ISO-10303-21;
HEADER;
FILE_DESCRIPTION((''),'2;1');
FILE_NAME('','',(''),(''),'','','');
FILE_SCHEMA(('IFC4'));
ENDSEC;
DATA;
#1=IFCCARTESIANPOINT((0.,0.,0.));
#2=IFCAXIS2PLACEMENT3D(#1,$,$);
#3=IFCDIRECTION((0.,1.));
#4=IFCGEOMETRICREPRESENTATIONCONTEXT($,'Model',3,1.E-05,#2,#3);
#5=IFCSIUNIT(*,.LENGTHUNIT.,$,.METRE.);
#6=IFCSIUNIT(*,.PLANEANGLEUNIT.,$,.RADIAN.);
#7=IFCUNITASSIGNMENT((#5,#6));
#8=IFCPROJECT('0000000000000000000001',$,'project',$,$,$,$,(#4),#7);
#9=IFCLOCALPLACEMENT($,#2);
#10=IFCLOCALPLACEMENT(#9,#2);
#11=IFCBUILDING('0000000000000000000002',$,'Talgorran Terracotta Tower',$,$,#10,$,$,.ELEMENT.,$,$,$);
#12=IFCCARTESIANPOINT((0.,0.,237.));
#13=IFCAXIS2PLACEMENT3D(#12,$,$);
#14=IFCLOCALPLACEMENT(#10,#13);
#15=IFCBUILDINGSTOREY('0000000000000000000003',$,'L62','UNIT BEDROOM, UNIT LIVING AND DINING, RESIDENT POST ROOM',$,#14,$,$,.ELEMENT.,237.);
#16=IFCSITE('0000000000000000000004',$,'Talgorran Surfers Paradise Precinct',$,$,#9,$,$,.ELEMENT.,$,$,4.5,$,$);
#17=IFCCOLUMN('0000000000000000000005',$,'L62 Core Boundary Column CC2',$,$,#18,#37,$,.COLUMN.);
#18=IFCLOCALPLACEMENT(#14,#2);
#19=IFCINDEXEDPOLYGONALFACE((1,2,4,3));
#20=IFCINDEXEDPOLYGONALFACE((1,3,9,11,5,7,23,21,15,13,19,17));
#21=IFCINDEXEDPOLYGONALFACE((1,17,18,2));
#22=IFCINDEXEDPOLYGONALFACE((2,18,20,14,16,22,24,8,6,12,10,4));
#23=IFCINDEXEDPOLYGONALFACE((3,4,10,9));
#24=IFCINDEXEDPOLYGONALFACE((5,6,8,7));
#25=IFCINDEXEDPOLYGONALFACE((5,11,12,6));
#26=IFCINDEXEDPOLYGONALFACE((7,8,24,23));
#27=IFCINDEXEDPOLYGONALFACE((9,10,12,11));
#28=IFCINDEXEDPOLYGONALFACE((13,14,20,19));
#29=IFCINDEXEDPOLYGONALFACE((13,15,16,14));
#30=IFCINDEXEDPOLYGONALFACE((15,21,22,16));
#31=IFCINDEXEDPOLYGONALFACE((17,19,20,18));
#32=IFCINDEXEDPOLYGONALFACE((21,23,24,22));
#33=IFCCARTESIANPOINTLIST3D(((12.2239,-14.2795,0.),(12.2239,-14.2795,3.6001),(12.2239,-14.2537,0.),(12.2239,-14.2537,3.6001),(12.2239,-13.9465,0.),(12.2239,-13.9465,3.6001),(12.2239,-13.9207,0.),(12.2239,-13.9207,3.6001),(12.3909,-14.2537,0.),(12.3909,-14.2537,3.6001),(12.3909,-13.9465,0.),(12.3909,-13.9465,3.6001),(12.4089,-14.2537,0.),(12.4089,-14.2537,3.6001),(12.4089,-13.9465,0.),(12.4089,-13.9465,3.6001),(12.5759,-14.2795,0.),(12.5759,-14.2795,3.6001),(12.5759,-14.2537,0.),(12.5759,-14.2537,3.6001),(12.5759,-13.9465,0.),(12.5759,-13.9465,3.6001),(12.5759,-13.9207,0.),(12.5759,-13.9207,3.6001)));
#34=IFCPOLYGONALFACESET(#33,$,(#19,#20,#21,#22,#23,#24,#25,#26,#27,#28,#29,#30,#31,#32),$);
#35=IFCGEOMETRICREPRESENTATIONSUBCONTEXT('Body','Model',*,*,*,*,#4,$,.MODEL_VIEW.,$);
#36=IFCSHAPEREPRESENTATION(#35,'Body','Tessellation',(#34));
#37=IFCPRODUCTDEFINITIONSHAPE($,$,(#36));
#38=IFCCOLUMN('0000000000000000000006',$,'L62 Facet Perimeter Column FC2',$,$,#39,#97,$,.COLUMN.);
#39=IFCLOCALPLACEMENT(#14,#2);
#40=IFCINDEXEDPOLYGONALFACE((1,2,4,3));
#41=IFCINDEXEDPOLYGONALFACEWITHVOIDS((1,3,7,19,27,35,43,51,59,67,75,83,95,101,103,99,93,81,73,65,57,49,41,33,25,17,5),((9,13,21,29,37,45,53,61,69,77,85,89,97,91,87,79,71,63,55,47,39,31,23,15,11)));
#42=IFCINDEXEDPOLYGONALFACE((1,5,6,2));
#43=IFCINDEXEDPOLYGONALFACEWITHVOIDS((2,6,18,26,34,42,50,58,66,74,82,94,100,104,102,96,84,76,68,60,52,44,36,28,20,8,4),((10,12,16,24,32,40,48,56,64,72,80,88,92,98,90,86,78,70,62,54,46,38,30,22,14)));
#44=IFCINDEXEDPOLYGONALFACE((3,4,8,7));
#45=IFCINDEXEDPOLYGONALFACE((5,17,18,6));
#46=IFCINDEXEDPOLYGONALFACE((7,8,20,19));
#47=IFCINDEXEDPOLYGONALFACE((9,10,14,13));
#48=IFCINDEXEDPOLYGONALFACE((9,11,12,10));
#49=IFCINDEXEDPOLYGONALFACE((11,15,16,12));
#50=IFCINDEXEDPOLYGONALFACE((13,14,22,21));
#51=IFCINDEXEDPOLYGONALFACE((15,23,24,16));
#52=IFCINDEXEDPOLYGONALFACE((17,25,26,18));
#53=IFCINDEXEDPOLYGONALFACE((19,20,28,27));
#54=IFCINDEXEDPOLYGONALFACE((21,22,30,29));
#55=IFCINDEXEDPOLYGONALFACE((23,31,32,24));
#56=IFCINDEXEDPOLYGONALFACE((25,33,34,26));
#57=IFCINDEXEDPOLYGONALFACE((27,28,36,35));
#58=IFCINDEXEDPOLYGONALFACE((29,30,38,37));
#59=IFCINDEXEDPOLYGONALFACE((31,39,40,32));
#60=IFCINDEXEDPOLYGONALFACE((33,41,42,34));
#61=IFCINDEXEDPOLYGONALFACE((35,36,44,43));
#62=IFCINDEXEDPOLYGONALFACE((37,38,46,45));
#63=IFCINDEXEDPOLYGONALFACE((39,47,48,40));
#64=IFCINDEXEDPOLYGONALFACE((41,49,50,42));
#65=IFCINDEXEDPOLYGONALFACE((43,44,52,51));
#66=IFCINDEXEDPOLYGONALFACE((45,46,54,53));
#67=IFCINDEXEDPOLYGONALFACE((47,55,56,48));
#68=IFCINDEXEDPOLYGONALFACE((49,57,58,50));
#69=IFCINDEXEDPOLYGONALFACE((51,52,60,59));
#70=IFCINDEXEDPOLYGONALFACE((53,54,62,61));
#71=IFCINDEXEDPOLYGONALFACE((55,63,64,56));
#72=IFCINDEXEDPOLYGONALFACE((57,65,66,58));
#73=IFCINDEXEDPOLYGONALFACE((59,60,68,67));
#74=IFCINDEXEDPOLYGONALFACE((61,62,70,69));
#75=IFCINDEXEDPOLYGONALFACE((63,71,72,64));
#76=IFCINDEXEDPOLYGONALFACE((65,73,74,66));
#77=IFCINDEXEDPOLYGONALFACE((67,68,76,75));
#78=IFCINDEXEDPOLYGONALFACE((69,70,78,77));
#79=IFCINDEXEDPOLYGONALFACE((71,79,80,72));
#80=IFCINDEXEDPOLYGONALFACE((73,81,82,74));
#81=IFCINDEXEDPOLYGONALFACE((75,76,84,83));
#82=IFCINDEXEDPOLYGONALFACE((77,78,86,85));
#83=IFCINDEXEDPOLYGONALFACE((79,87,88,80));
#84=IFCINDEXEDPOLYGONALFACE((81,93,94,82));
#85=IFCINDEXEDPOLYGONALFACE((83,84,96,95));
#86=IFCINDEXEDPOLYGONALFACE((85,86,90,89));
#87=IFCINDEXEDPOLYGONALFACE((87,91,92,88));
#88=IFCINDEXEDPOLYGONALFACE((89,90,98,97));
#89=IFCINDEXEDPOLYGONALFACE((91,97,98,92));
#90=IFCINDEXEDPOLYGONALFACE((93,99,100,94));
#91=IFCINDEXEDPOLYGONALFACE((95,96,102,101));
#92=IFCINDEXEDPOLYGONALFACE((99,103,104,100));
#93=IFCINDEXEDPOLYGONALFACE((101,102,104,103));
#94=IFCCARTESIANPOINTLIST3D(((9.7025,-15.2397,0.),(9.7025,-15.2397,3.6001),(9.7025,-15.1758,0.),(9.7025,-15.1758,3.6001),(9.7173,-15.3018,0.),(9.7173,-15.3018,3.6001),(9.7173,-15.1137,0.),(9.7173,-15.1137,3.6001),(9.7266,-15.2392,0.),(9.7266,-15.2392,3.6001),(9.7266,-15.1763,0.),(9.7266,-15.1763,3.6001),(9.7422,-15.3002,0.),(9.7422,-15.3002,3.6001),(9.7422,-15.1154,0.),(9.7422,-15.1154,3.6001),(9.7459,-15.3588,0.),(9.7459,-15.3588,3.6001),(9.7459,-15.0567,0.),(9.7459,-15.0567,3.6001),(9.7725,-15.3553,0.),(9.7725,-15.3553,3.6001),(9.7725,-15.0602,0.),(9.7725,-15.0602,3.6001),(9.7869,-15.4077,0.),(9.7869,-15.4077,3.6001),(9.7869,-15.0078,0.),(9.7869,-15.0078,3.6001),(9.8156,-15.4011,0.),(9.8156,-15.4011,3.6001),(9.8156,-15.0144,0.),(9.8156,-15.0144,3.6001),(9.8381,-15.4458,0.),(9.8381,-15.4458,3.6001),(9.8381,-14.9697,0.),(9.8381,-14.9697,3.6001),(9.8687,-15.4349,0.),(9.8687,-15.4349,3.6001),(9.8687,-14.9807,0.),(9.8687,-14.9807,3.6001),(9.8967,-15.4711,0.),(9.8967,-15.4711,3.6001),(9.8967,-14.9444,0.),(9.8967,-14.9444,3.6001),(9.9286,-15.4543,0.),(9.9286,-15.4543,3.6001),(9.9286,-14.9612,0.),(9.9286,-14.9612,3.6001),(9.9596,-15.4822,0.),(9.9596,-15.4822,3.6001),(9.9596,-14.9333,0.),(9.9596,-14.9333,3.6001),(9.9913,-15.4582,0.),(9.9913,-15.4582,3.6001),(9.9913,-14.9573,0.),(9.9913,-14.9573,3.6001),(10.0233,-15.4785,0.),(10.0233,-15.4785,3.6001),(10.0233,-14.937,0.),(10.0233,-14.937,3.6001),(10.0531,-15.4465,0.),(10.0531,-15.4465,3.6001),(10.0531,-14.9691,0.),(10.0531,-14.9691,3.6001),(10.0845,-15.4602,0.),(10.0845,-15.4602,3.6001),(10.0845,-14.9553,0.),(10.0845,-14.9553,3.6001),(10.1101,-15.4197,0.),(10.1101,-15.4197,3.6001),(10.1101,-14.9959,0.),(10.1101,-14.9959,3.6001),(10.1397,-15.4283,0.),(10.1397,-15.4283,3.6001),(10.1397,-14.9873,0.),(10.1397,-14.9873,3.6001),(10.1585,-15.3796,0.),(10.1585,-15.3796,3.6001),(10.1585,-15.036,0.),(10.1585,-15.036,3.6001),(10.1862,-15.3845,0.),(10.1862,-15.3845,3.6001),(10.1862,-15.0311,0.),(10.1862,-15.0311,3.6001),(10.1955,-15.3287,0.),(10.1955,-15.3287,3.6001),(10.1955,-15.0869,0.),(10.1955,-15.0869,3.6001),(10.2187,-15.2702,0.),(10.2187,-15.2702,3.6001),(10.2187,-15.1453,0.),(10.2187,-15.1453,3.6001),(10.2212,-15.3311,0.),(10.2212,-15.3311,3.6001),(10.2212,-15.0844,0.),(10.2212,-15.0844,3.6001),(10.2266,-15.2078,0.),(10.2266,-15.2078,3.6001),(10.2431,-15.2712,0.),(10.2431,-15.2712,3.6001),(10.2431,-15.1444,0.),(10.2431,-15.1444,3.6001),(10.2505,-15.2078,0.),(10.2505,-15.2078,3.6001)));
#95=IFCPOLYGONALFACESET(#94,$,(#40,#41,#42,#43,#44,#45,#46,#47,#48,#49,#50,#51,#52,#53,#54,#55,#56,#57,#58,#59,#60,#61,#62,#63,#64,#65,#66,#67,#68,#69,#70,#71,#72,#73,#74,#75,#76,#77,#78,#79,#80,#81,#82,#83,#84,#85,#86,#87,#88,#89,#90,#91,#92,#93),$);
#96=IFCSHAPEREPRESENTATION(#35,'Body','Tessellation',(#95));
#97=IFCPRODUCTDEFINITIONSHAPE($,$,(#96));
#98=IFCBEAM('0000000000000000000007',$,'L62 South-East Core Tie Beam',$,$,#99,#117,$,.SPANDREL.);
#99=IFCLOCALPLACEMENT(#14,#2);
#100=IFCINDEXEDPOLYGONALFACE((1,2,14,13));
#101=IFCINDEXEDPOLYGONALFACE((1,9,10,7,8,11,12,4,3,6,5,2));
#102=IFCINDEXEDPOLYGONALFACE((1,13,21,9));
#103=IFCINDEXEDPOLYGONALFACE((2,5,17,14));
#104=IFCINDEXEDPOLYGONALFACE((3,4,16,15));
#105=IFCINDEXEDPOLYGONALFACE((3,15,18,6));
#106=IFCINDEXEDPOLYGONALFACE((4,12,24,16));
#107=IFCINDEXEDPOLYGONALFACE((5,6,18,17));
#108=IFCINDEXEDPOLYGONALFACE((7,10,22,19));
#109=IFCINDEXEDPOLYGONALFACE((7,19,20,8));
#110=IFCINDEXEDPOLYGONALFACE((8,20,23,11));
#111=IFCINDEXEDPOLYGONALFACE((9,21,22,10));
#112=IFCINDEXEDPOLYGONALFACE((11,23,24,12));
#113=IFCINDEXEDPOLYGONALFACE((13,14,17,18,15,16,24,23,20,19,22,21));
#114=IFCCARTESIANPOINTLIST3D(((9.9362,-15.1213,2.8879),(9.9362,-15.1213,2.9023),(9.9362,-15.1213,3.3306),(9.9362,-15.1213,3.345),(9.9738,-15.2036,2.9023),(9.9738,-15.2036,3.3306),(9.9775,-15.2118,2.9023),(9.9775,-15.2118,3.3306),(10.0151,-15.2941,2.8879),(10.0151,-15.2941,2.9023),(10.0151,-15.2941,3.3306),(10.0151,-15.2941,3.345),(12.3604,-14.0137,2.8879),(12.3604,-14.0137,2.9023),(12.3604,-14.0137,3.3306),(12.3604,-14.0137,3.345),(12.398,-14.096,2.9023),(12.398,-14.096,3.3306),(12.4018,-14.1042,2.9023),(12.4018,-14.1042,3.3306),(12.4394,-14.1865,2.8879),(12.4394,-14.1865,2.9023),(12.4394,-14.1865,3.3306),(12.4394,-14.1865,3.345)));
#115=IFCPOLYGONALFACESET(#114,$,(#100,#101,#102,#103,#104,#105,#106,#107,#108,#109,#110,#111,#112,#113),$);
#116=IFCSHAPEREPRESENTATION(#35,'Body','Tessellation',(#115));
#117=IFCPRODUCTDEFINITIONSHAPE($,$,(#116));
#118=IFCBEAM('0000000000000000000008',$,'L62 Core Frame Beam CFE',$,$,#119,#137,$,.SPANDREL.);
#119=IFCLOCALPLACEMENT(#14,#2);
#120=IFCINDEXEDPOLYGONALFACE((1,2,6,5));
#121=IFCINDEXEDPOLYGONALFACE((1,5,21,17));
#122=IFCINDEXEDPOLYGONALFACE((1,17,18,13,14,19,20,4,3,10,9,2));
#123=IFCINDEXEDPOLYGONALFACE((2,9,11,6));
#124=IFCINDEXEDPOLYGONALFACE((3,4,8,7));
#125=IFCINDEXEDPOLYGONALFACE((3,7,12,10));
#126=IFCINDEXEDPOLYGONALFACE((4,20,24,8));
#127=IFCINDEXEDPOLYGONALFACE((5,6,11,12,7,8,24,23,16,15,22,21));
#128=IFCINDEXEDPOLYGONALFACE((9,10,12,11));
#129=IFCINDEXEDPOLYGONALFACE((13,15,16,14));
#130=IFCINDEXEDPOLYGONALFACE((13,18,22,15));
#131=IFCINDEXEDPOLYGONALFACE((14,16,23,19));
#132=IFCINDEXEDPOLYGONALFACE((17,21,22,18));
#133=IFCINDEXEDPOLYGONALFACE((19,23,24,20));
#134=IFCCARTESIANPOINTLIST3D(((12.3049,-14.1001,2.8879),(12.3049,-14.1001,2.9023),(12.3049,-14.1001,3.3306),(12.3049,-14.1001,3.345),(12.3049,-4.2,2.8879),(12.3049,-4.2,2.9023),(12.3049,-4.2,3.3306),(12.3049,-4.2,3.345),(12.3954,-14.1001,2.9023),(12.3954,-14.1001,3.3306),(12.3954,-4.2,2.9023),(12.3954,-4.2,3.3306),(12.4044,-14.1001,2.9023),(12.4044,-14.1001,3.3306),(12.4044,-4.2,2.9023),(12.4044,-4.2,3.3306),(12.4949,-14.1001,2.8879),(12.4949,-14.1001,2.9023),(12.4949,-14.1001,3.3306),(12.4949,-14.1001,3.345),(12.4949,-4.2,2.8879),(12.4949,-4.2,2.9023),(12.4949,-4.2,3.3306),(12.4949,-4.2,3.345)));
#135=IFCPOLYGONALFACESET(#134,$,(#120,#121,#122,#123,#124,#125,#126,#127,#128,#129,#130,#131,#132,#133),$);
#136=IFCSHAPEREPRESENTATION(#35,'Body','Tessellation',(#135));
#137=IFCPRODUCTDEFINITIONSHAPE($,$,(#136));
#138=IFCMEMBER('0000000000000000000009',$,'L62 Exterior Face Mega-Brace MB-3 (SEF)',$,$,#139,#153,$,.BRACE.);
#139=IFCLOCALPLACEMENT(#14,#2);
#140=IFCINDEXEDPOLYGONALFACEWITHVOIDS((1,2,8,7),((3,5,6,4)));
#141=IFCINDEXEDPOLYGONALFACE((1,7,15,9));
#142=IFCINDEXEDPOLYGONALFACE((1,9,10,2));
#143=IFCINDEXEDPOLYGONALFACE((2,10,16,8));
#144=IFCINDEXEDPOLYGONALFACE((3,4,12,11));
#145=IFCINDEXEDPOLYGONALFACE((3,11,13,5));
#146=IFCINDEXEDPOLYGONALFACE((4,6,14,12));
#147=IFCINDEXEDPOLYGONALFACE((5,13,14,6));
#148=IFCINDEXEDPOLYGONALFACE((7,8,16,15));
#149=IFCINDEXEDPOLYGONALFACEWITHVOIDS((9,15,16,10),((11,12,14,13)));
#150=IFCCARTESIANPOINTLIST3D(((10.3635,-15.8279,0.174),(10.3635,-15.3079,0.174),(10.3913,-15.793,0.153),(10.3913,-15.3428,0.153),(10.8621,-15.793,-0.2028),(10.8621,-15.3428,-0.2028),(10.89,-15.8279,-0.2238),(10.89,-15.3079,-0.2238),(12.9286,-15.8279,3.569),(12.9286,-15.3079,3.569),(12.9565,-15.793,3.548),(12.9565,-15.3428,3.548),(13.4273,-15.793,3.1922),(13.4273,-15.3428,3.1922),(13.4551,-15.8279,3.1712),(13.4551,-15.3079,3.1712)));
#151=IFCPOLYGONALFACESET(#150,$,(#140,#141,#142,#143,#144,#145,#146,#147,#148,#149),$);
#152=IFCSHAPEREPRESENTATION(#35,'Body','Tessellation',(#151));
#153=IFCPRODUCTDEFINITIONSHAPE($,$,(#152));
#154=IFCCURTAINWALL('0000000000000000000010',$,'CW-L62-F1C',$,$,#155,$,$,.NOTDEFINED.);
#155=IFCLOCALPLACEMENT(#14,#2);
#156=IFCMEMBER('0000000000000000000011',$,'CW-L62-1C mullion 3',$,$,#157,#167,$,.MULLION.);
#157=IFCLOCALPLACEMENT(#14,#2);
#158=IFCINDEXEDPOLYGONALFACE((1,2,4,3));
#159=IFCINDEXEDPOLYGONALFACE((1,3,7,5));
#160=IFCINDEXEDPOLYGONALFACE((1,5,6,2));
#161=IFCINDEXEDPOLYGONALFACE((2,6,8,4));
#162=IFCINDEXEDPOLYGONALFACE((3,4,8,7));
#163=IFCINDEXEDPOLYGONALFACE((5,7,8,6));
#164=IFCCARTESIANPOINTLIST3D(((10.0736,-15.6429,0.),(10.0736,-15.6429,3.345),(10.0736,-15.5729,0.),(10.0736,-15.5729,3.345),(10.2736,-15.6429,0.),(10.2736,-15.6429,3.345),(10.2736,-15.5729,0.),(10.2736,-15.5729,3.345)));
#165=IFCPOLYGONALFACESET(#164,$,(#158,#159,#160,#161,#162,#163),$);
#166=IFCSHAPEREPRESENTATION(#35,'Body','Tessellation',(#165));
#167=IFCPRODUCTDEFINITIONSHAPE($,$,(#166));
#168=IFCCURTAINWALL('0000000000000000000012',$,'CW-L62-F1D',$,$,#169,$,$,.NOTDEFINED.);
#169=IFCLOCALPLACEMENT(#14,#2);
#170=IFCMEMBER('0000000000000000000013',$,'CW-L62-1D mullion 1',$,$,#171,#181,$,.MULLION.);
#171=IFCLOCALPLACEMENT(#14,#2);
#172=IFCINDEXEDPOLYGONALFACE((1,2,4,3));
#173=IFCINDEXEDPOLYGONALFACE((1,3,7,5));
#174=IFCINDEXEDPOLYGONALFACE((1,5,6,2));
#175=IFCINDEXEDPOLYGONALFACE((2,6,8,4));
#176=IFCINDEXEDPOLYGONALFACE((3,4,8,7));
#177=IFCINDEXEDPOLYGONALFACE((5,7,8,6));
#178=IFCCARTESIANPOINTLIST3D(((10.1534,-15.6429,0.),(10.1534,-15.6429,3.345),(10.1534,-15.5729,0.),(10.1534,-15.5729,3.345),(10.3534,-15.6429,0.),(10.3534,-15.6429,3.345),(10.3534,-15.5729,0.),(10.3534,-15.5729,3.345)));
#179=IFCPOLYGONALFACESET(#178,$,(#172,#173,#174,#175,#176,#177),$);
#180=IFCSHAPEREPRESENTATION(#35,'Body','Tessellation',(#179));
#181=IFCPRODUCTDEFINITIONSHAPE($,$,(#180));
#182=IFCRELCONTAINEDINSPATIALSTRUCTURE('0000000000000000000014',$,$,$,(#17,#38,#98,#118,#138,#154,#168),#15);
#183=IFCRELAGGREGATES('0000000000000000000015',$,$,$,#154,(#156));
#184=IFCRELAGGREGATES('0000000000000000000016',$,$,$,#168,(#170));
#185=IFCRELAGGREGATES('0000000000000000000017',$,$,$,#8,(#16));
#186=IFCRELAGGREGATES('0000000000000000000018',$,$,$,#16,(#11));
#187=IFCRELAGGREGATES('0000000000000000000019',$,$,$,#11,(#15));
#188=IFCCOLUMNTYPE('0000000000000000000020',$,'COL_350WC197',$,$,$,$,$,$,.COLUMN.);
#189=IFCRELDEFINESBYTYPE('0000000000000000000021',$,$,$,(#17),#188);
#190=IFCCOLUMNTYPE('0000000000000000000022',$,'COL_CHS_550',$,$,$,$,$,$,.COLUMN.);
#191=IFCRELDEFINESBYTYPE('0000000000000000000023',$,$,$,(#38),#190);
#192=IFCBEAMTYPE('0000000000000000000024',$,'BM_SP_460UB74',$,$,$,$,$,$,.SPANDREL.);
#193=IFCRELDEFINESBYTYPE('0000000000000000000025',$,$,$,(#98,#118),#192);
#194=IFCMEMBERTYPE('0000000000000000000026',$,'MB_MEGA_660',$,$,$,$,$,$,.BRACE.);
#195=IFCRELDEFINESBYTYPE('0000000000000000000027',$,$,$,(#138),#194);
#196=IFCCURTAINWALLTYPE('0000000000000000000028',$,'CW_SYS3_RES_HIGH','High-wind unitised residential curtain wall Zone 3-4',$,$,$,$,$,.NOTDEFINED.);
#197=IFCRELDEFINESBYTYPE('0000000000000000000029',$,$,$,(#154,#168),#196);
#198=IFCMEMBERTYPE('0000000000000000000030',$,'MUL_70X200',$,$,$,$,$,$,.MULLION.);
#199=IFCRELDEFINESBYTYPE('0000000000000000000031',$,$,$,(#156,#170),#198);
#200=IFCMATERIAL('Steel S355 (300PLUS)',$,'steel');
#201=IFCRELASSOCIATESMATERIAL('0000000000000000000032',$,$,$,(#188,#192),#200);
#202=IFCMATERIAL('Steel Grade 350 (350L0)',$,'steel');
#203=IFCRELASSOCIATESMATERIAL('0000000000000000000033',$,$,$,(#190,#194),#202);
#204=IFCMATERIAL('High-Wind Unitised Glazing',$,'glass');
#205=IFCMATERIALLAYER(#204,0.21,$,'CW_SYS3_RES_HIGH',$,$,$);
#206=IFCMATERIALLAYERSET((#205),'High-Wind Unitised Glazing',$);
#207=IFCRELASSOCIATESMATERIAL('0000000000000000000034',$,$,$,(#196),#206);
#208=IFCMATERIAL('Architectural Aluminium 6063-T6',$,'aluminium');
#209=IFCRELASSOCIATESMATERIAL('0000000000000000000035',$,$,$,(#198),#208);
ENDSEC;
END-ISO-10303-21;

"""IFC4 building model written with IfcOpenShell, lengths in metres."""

from ifc_helpers import new_model, si_unit, direction, frame, origin, origin_2d, place, context, subcontext, project, spatial, rectangle, hollow_rectangle, hollow_circle, i_section, extrude, material, layer, layer_set, material_profile, profile_set, type_object, element, aggregate, save


model = new_model("IFC4")

# Units and contexts
model_context = context("Model", 3, precision=1e-05, world=origin(), true_north=direction((0.0, 1.0)))
body_context = subcontext(model_context, "Body", "Model", "MODEL_VIEW")
ifc_project = project(units=[si_unit("LENGTHUNIT", "METRE"), si_unit("PLANEANGLEUNIT", "RADIAN")], contexts=[model_context])

# Site, building, storey
site_placement = place(None, origin())
site = spatial("IfcSite", under=ifc_project, at=site_placement, Name="Talgorran Surfers Paradise Precinct", CompositionType="ELEMENT", RefElevation=4.5)
building_placement = place(site_placement, origin())
building = spatial("IfcBuilding", under=site, at=building_placement, Name="Talgorran Terracotta Tower", CompositionType="ELEMENT")
storey_placement = place(building_placement, frame((0.0, 0.0, 237.0)))
storey = spatial("IfcBuildingStorey", under=building, at=storey_placement, Name="L62", Description="UNIT BEDROOM, UNIT LIVING AND DINING, RESIDENT POST ROOM", CompositionType="ELEMENT", Elevation=237.0)

# Columns
ifc_material_1 = material(Name="Steel S355 (300PLUS)", Category="steel")
ifc_material_profile_1 = material_profile(ifc_material_1, i_section(OverallWidth=0.3521, OverallDepth=0.3589, WebThickness=0.0181, FlangeThickness=0.0259, at=origin_2d()), Name="350WC197")
ifc_profile_set_1 = profile_set([ifc_material_profile_1], Name="Steel S355 (300PLUS)")
column_type_1 = type_object("IfcColumnType", Name="COL_350WC197", PredefinedType="COLUMN", material=ifc_profile_set_1)
column_1_placement = place(storey_placement, frame((12.3999, -14.1001, 0.0), z_axis=(0.0, 0.0, 1.0), x_axis=(1.0, 0.0, 0.0)))
element("IfcColumn", 1, at=column_1_placement, inside=storey, type_object=column_type_1, Name="L62 Core Boundary Column CC2", PredefinedType="COLUMN", context=body_context, shape_type="SweptSolid", body=[
    extrude(i_section(OverallWidth=0.3521, OverallDepth=0.3589, WebThickness=0.0181, FlangeThickness=0.0259, at=origin_2d()), origin(), (0.0, 0.0, 1.0), 3.6001),
])
ifc_material_2 = material(Name="Steel Grade 350 (350L0)", Category="steel")
ifc_material_profile_2 = material_profile(ifc_material_2, hollow_circle(Radius=0.2749, WallThickness=0.0239, at=origin_2d()), Name="CHS550X24")
ifc_profile_set_2 = profile_set([ifc_material_profile_2], Name="Steel Grade 350 (350L0)")
column_type_2 = type_object("IfcColumnType", Name="COL_CHS_550", PredefinedType="COLUMN", material=ifc_profile_set_2)
column_2_placement = place(storey_placement, frame((9.9756, -15.2078, 0.0), z_axis=(0.0, 0.0, 1.0), x_axis=(1.0, 0.0, 0.0)))
element("IfcColumn", 2, at=column_2_placement, inside=storey, type_object=column_type_2, Name="L62 Facet Perimeter Column FC2", PredefinedType="COLUMN", context=body_context, shape_type="SweptSolid", body=[
    extrude(hollow_circle(Radius=0.2749, WallThickness=0.0239, at=origin_2d()), origin(), (0.0, 0.0, 1.0), 3.6001),
])

# Beams
ifc_material_profile_3 = material_profile(ifc_material_1, i_section(OverallWidth=0.1899, OverallDepth=0.457, WebThickness=0.009, FlangeThickness=0.0144, at=origin_2d()), Name="460UB74.6")
ifc_profile_set_3 = profile_set([ifc_material_profile_3], Name="Steel S355 (300PLUS)")
beam_type = type_object("IfcBeamType", Name="BM_SP_460UB74", PredefinedType="SPANDREL", material=ifc_profile_set_3)
beam_1_placement = place(storey_placement, frame((12.3999, -14.1001, 3.1165), z_axis=(-0.909559, -0.415576, 0.0), x_axis=(0.415576, -0.909559, 0.0)))
element("IfcBeam", 3, at=beam_1_placement, inside=storey, type_object=beam_type, Name="L62 South-East Core Tie Beam", PredefinedType="SPANDREL", context=body_context, shape_type="SweptSolid", body=[
    extrude(i_section(OverallWidth=0.1899, OverallDepth=0.457, WebThickness=0.009, FlangeThickness=0.0144, at=origin_2d()), origin(), (0.0, 0.0, 1.0), 2.6653),
])
beam_2_placement = place(storey_placement, frame((12.3999, -14.1001, 3.1165), z_axis=(0.0, 1.0, 0.0), x_axis=(-1.0, 0.0, 0.0)))
element("IfcBeam", 4, at=beam_2_placement, inside=storey, type_object=beam_type, Name="L62 Core Frame Beam CFE", PredefinedType="SPANDREL", context=body_context, shape_type="SweptSolid", body=[
    extrude(i_section(OverallWidth=0.1899, OverallDepth=0.457, WebThickness=0.009, FlangeThickness=0.0144, at=origin_2d()), origin(), (0.0, 0.0, 1.0), 9.9001),
])

# Member
ifc_material_profile_4 = material_profile(ifc_material_2, hollow_rectangle(XDim=0.52, YDim=0.6599, WallThickness=0.0349, at=origin_2d()), Name="WBOX660X520X35")
ifc_profile_set_4 = profile_set([ifc_material_profile_4], Name="Steel Grade 350 (350L0)")
member_type_1 = type_object("IfcMemberType", Name="MB_MEGA_660", PredefinedType="BRACE", material=ifc_profile_set_4)
member_1_placement = place(storey_placement, frame((10.6267, -15.5679, -0.0249), z_axis=(0.602842, 0.0, 0.797861), x_axis=(0.0, 1.0, 0.0)))
element("IfcMember", 5, at=member_1_placement, inside=storey, type_object=member_type_1, Name="L62 Exterior Face Mega-Brace MB-3 (SEF)", PredefinedType="BRACE", context=body_context, shape_type="SweptSolid", body=[
    extrude(hollow_rectangle(XDim=0.52, YDim=0.6599, WallThickness=0.0349, at=origin_2d()), origin(), (0.0, 0.0, 1.0), 4.2551),
])

# Curtain wall, member
ifc_material_3 = material(Name="High-Wind Unitised Glazing", Category="glass")
ifc_layer_1 = layer(ifc_material_3, 0.21, Name="CW_SYS3_RES_HIGH")
ifc_layer_set_1 = layer_set([ifc_layer_1], Name="High-Wind Unitised Glazing")
curtain_wall_type = type_object("IfcCurtainWallType", Name="CW_SYS3_RES_HIGH", Description="High-wind unitised residential curtain wall Zone 3-4", PredefinedType="NOTDEFINED", material=ifc_layer_set_1)
curtain_wall_1_placement = place(storey_placement, origin())
curtain_wall_1 = element("IfcCurtainWall", 6, at=curtain_wall_1_placement, inside=storey, type_object=curtain_wall_type, Name="CW-L62-F1C", PredefinedType="NOTDEFINED")
ifc_material_4 = material(Name="Architectural Aluminium 6063-T6", Category="aluminium")
ifc_material_profile_5 = material_profile(ifc_material_4, rectangle(XDim=0.0701, YDim=0.2, at=origin_2d()), Name="CWM70X200")
ifc_profile_set_5 = profile_set([ifc_material_profile_5], Name="Architectural Aluminium 6063-T6")
member_type_2 = type_object("IfcMemberType", Name="MUL_70X200", PredefinedType="MULLION", material=ifc_profile_set_5)
member_2_placement = place(storey_placement, frame((10.1736, -15.6079, 0.0), z_axis=(0.0, 0.0, 1.0), x_axis=(0.0, 1.0, 0.0)))
member_2 = element("IfcMember", 7, at=member_2_placement, type_object=member_type_2, Name="CW-L62-1C mullion 3", PredefinedType="MULLION", context=body_context, shape_type="SweptSolid", body=[
    extrude(rectangle(XDim=0.0701, YDim=0.2, at=origin_2d()), origin(), (0.0, 0.0, 1.0), 3.345),
])
aggregate(curtain_wall_1, [member_2])

# Curtain wall, member
curtain_wall_2_placement = place(storey_placement, origin())
curtain_wall_2 = element("IfcCurtainWall", 8, at=curtain_wall_2_placement, inside=storey, type_object=curtain_wall_type, Name="CW-L62-F1D", PredefinedType="NOTDEFINED")
member_3_placement = place(storey_placement, frame((10.2534, -15.6079, 0.0), z_axis=(0.0, 0.0, 1.0), x_axis=(0.0, 1.0, 0.0)))
member_3 = element("IfcMember", 9, at=member_3_placement, type_object=member_type_2, Name="CW-L62-1D mullion 1", PredefinedType="MULLION", context=body_context, shape_type="SweptSolid", body=[
    extrude(rectangle(XDim=0.0701, YDim=0.2, at=origin_2d()), origin(), (0.0, 0.0, 1.0), 3.345),
])

aggregate(curtain_wall_2, [member_3])

save(model, "model.ifc")
